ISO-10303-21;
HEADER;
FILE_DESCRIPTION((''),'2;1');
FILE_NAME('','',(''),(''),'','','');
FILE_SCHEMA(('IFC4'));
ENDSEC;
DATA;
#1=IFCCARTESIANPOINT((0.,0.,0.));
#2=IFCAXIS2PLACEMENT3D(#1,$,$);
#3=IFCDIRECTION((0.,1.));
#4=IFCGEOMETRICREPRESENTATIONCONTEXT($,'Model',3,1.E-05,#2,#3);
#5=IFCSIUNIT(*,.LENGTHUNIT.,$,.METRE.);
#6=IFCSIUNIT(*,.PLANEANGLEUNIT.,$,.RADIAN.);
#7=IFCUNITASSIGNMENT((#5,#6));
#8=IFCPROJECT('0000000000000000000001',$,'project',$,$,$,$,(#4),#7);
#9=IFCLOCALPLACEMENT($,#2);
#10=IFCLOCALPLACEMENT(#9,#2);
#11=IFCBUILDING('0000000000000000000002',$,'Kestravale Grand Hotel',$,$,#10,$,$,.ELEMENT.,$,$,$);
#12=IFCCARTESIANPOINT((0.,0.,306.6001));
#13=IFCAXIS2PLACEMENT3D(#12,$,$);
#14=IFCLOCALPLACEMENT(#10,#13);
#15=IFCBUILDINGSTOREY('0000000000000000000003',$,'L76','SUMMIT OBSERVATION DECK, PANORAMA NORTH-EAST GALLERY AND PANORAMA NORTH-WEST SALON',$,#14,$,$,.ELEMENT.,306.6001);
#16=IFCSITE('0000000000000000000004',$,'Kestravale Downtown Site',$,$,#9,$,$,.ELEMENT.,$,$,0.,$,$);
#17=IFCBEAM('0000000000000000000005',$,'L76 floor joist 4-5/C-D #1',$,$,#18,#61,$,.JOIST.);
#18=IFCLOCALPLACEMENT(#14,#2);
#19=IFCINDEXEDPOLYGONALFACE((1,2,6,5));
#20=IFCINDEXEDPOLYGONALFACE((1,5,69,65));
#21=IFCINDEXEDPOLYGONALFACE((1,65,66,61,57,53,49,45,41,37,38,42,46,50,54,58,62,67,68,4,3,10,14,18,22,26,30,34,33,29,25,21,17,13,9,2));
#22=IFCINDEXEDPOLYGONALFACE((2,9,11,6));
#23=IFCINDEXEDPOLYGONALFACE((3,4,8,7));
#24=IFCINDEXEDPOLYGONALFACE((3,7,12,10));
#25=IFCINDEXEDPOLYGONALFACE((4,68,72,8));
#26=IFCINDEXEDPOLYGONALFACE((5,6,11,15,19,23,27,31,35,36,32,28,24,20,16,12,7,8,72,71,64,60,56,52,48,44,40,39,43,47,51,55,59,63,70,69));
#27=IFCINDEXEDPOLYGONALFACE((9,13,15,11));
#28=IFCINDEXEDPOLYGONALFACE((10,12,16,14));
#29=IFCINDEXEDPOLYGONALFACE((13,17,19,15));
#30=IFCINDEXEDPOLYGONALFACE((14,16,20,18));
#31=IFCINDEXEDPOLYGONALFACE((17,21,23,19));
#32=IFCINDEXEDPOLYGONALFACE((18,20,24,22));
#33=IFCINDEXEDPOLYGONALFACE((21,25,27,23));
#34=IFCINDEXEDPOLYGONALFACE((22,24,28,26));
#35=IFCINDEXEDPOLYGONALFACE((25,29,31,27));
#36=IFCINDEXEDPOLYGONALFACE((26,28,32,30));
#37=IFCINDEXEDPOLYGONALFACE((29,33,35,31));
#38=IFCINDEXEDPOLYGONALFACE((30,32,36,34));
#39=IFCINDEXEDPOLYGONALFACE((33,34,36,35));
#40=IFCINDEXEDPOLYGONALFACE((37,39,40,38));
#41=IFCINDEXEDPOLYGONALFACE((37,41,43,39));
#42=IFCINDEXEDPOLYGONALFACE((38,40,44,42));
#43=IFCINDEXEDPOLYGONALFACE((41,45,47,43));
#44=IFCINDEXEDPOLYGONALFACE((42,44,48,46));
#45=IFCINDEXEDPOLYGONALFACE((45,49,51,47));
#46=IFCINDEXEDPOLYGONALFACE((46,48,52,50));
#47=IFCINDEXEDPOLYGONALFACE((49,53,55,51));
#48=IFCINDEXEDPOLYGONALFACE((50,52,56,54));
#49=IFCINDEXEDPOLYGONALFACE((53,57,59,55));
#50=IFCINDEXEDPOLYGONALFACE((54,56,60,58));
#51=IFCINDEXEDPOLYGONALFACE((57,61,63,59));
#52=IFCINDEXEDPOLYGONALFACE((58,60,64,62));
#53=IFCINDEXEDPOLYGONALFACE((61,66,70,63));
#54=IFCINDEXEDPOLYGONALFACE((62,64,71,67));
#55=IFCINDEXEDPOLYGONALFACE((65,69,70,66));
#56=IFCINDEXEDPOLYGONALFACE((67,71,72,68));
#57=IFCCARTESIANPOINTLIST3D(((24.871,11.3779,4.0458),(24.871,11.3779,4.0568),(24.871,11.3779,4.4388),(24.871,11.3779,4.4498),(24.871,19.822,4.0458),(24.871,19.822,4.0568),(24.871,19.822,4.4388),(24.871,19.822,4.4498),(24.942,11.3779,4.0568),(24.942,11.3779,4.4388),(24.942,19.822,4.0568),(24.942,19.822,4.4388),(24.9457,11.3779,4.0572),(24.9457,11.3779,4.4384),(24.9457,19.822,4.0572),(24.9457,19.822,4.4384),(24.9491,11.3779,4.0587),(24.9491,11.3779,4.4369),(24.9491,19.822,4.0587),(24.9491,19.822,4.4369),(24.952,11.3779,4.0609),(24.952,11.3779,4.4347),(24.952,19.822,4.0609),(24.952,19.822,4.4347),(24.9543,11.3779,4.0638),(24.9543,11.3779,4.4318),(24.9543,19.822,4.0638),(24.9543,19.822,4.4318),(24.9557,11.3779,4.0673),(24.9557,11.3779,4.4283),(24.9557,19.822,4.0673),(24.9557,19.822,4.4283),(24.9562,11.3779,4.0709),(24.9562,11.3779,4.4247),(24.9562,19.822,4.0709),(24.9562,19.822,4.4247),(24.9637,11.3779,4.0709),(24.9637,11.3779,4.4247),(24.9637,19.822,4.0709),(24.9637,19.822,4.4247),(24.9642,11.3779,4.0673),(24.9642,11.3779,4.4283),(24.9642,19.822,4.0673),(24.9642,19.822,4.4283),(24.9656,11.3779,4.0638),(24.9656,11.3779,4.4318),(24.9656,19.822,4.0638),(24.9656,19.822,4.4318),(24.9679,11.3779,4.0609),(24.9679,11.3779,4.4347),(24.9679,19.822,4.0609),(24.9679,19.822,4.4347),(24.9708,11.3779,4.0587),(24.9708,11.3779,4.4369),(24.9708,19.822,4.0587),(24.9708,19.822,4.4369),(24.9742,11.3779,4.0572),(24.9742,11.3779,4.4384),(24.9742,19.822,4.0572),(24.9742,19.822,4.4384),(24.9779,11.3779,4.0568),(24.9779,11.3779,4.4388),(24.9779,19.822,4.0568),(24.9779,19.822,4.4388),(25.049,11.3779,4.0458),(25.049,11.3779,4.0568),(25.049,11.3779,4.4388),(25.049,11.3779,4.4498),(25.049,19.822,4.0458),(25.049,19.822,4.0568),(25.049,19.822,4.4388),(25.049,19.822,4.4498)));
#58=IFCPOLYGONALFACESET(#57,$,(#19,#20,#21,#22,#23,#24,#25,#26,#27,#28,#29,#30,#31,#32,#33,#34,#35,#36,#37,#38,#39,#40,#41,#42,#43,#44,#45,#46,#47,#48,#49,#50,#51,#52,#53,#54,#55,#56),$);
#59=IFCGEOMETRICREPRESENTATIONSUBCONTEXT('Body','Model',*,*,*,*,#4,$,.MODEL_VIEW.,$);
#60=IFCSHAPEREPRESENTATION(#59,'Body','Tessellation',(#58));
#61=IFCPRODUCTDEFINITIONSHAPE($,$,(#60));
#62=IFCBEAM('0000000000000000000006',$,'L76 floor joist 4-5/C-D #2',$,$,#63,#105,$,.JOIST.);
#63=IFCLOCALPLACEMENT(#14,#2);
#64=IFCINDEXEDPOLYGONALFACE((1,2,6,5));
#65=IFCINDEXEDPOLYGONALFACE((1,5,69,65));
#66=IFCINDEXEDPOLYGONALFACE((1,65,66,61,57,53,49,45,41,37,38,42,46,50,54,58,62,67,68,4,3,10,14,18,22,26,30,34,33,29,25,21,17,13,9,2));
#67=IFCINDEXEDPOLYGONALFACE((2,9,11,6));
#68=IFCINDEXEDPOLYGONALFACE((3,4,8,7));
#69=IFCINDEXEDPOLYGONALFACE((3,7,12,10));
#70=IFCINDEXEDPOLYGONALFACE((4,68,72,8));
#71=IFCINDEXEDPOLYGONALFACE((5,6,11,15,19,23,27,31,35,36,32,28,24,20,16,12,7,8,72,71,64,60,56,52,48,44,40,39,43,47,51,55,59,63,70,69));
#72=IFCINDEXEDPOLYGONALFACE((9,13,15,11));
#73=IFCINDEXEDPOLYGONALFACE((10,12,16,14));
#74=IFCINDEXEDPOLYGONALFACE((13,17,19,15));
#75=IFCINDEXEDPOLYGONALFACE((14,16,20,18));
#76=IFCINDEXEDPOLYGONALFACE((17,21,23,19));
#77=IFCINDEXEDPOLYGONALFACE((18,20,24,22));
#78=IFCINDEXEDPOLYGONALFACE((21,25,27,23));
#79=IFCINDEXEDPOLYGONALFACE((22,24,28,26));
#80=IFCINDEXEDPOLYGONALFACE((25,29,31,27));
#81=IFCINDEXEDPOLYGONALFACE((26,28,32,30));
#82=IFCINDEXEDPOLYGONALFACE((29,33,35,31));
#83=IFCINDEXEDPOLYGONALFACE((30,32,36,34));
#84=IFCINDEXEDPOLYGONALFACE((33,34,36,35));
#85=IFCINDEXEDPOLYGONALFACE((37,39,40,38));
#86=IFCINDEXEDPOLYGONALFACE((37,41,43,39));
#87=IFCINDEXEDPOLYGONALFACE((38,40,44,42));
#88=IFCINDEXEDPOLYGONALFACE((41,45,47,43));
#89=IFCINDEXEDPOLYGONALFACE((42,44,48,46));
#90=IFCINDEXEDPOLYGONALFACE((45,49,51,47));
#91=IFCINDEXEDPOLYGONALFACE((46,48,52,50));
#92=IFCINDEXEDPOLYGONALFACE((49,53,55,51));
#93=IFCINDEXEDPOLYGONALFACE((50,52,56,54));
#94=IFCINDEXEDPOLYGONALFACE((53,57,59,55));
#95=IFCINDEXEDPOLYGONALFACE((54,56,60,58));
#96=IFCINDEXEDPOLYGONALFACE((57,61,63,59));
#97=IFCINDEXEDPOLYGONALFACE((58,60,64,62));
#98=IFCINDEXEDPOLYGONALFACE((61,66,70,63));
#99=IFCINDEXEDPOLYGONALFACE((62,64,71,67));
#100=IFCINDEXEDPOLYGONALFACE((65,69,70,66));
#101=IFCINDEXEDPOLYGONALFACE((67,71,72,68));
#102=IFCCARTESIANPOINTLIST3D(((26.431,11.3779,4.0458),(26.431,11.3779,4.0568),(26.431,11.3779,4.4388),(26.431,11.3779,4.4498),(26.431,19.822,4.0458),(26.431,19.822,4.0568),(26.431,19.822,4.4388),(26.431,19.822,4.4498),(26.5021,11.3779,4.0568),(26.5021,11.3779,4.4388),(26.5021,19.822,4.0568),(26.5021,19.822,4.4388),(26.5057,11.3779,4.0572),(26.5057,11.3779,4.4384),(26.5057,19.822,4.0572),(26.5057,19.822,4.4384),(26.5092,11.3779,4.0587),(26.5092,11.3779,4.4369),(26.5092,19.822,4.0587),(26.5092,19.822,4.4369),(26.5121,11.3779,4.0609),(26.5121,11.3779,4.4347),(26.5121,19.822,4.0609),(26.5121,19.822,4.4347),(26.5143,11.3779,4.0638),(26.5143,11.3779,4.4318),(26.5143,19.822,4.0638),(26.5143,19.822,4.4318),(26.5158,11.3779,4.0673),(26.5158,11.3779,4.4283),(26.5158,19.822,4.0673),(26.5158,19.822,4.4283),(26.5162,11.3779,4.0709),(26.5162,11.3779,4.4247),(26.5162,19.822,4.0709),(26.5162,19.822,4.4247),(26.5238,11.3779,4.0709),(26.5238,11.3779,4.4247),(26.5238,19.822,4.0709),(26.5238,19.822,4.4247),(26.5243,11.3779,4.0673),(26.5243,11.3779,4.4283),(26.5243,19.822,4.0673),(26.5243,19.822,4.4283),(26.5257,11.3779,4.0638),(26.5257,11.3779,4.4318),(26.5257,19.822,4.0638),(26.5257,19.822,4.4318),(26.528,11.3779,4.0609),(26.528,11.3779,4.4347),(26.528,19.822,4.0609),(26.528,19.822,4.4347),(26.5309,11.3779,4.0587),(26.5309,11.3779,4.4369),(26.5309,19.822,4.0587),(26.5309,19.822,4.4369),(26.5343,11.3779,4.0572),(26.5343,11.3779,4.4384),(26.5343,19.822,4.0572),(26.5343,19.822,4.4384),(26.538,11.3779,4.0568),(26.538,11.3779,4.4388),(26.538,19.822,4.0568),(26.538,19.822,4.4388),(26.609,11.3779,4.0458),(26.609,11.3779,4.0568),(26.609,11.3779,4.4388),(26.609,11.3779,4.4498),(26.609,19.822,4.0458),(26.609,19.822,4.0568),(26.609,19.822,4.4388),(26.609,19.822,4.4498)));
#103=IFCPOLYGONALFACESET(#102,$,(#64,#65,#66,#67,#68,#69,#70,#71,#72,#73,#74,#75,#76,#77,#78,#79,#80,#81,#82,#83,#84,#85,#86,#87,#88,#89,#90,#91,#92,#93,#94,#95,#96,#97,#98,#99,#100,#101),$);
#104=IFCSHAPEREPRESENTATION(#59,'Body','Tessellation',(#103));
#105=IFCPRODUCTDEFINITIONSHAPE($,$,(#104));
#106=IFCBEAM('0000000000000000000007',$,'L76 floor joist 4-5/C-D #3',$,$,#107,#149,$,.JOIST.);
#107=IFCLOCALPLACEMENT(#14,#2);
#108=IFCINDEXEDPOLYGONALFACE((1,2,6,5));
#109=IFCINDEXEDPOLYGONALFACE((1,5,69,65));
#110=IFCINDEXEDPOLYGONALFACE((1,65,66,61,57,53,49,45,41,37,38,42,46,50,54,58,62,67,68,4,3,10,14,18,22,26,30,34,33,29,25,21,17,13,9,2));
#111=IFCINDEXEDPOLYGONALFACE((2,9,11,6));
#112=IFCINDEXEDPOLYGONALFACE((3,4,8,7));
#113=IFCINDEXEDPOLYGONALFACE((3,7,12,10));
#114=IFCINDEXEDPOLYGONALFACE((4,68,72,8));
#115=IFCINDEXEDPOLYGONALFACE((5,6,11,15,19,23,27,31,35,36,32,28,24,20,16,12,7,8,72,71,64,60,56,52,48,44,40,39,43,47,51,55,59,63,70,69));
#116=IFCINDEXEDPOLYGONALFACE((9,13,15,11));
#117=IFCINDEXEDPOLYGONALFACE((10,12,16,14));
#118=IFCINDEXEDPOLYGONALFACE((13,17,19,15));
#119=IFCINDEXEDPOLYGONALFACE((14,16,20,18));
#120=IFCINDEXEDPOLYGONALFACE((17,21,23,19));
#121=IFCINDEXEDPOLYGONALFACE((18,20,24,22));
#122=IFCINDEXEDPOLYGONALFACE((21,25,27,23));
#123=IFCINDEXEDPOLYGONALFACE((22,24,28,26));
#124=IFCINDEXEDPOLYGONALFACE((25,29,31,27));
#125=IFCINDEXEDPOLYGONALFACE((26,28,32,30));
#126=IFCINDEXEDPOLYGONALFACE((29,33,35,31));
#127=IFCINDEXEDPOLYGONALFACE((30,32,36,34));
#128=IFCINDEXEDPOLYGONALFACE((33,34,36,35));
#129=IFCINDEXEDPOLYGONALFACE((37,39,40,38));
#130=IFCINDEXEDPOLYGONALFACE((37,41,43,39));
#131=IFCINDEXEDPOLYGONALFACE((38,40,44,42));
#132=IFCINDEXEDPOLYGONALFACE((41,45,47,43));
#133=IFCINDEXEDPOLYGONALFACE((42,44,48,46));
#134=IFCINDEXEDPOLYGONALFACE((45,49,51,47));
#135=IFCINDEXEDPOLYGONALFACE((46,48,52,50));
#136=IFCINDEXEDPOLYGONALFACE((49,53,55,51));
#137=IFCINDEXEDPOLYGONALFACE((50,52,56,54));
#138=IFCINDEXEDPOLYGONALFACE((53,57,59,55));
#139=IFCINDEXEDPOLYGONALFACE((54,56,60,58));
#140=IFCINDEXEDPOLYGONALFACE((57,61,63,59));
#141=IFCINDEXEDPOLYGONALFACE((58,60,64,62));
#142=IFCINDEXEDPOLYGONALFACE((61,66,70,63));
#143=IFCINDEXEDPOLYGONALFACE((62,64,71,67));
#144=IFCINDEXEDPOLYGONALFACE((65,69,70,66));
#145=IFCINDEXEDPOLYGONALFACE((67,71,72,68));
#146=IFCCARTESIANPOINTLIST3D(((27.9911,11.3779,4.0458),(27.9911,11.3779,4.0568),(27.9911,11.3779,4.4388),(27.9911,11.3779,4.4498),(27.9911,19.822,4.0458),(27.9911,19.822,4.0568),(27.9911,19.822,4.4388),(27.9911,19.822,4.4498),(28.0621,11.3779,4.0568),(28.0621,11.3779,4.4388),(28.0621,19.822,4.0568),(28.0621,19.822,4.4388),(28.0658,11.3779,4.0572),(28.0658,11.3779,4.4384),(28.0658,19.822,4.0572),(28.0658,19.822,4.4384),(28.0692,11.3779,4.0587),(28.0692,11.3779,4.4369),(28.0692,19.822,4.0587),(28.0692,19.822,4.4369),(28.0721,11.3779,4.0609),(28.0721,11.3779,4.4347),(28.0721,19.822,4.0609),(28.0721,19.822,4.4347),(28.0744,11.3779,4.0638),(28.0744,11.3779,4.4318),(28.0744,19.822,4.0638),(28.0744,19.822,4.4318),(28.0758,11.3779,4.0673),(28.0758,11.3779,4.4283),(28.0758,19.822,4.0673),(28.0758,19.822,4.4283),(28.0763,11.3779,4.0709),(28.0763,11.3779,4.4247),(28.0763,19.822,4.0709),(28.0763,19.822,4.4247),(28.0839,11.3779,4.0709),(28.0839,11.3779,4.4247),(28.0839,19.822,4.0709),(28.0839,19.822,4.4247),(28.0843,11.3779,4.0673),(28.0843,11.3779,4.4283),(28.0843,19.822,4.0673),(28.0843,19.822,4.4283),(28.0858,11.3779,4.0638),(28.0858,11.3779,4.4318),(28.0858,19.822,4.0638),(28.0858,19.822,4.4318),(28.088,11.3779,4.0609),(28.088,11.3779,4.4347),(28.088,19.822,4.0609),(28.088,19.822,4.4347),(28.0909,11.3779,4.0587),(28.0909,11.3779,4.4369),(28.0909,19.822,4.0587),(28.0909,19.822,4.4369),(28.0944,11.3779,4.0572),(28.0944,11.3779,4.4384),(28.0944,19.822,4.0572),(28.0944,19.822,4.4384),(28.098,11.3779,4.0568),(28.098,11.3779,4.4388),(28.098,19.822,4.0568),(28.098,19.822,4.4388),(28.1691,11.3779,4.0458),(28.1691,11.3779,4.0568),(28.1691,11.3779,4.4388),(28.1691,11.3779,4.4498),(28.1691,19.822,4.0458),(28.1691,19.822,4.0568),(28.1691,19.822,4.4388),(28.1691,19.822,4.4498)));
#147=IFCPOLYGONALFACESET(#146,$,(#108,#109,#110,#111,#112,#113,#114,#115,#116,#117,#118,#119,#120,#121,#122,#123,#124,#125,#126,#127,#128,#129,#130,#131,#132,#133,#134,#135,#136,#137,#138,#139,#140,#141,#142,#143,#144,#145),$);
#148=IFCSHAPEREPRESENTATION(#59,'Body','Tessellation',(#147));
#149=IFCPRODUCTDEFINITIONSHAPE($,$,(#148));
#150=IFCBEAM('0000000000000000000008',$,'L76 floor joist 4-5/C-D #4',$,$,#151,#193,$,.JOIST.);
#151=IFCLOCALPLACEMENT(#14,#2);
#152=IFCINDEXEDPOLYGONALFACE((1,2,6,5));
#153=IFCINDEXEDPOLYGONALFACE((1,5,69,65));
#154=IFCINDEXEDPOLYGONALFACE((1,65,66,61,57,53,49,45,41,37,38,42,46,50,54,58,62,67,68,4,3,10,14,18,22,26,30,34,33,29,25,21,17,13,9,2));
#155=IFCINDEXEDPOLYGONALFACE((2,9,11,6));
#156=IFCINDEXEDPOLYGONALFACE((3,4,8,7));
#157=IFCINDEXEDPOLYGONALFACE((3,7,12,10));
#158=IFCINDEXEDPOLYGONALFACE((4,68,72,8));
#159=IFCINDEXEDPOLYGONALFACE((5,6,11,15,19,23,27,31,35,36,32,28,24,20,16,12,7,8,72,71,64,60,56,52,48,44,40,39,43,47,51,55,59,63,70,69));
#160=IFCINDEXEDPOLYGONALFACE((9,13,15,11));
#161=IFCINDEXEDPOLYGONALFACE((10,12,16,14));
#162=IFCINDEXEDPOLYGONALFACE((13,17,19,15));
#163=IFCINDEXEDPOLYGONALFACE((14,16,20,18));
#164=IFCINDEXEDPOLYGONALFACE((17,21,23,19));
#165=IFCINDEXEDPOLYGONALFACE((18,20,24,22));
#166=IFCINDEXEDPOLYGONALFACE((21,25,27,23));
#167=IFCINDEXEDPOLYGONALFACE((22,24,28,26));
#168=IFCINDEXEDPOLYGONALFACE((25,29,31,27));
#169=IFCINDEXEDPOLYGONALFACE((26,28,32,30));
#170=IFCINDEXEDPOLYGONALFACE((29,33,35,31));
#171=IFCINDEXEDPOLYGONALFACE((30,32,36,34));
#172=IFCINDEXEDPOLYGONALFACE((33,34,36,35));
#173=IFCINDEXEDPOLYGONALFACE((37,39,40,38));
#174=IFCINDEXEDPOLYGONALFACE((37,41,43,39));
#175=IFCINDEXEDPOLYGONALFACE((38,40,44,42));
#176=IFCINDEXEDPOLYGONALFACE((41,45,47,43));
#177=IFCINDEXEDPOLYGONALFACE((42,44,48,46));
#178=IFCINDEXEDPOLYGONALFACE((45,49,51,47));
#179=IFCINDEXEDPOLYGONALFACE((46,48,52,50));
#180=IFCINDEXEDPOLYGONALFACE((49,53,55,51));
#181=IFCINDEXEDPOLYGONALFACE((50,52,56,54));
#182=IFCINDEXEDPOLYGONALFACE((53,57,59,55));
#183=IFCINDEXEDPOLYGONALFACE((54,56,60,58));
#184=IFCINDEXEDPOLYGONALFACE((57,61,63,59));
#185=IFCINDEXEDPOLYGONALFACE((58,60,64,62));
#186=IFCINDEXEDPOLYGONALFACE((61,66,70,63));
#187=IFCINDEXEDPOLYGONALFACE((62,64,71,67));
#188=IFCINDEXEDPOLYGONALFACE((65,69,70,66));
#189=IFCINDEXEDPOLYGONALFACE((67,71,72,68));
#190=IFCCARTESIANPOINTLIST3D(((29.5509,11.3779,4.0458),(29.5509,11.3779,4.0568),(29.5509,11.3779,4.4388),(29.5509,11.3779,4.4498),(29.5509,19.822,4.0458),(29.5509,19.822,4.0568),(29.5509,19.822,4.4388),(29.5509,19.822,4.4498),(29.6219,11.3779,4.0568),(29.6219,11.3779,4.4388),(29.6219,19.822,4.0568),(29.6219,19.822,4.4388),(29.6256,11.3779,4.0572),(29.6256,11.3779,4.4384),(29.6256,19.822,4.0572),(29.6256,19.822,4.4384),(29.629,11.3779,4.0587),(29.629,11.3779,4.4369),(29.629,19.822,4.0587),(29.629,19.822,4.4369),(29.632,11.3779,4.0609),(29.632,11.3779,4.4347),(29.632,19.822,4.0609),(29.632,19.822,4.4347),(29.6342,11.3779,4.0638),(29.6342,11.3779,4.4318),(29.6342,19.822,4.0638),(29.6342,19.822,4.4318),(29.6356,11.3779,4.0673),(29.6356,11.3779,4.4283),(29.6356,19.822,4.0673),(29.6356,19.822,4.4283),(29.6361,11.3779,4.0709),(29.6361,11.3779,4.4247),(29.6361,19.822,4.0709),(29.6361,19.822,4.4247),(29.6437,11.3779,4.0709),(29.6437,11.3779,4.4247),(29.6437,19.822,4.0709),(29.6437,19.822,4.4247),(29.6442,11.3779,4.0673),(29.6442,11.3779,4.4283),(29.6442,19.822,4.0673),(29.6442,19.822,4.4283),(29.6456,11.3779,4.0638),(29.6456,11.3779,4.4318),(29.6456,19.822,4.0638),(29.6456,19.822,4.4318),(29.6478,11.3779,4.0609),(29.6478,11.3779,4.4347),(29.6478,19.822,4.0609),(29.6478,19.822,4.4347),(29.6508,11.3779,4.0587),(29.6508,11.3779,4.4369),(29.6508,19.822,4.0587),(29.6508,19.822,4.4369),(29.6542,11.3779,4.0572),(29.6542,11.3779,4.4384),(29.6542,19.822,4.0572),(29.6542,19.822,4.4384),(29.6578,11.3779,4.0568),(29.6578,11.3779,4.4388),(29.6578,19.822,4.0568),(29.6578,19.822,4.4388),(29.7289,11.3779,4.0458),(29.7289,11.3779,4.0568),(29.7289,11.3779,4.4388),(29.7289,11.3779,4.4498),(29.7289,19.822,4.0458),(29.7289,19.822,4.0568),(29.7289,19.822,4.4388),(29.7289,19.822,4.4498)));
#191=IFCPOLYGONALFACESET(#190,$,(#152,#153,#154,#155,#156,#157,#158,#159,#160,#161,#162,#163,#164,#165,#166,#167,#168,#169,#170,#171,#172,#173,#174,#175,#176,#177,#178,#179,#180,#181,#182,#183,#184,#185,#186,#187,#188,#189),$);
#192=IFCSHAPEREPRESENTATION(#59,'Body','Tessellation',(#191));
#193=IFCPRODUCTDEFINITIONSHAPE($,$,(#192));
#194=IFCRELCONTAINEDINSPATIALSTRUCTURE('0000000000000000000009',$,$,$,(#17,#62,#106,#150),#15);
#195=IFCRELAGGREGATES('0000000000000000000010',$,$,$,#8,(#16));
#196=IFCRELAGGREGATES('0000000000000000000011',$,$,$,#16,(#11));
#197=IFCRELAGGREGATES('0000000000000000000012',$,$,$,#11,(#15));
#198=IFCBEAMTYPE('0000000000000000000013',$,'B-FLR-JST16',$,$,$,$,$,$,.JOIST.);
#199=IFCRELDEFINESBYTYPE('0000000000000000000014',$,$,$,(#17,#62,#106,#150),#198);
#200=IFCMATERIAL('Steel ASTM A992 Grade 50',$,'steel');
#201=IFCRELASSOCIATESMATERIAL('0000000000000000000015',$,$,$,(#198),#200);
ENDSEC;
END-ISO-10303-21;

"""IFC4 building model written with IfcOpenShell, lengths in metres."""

from ifc_helpers import new_model, si_unit, direction, frame, origin, origin_2d, place, context, subcontext, project, spatial, i_section, extrude, material, material_profile, profile_set, type_object, element, save


model = new_model("IFC4")

# Units and contexts
model_context = context("Model", 3, precision=1e-05, world=origin(), true_north=direction((0.0, 1.0)))
body_context = subcontext(model_context, "Body", "Model", "MODEL_VIEW")
ifc_project = project(units=[si_unit("LENGTHUNIT", "METRE"), si_unit("PLANEANGLEUNIT", "RADIAN")], contexts=[model_context])

# Site, building, storey
site_placement = place(None, origin())
site = spatial("IfcSite", under=ifc_project, at=site_placement, Name="Kestravale Downtown Site", CompositionType="ELEMENT", RefElevation=0.0)
building_placement = place(site_placement, origin())
building = spatial("IfcBuilding", under=site, at=building_placement, Name="Kestravale Grand Hotel", CompositionType="ELEMENT")
storey_placement = place(building_placement, frame((0.0, 0.0, 306.6001)))
storey = spatial("IfcBuildingStorey", under=building, at=storey_placement, Name="L76", Description="SUMMIT OBSERVATION DECK, PANORAMA NORTH-EAST GALLERY AND PANORAMA NORTH-WEST SALON", CompositionType="ELEMENT", Elevation=306.6001)

# Beams
ifc_material_1 = material(Name="Steel ASTM A992 Grade 50", Category="steel")
ifc_material_profile_1 = material_profile(ifc_material_1, i_section(OverallWidth=0.178, OverallDepth=0.4041, WebThickness=0.0076, FlangeThickness=0.011, FilletRadius=0.0142, at=origin_2d()))
ifc_profile_set_1 = profile_set([ifc_material_profile_1], Name="Steel ASTM A992 Grade 50")
beam_type_1 = type_object("IfcBeamType", Name="B-FLR-JST16", PredefinedType="JOIST", material=ifc_profile_set_1)
for number, where, z_axis, x_axis, name in (
    (1, (24.96, 11.3779, 4.2478), (0.0, 1.0, 0.0), (-1.0, 0.0, 0.0), "L76 floor joist 4-5/C-D #1"),
    (2, (26.52, 11.3779, 4.2478), (0.0, 1.0, 0.0), (-1.0, 0.0, 0.0), "L76 floor joist 4-5/C-D #2"),
    (3, (28.0801, 11.3779, 4.2478), (0.0, 1.0, 0.0), (-1.0, 0.0, 0.0), "L76 floor joist 4-5/C-D #3"),
    (4, (29.6399, 11.3779, 4.2478), (0.0, 1.0, 0.0), (-1.0, 0.0, 0.0), "L76 floor joist 4-5/C-D #4"),
):
    element("IfcBeam", number, at=place(storey_placement, frame(where, z_axis=z_axis, x_axis=x_axis)), inside=storey, type_object=beam_type_1, Name=name, PredefinedType="JOIST", context=body_context, shape_type="SweptSolid", body=[
        extrude(i_section(OverallWidth=0.178, OverallDepth=0.4041, WebThickness=0.0076, FlangeThickness=0.011, FilletRadius=0.0142, at=origin_2d()), origin(), (0.0, 0.0, 1.0), 8.4441),
    ])

save(model, "model.ifc")
